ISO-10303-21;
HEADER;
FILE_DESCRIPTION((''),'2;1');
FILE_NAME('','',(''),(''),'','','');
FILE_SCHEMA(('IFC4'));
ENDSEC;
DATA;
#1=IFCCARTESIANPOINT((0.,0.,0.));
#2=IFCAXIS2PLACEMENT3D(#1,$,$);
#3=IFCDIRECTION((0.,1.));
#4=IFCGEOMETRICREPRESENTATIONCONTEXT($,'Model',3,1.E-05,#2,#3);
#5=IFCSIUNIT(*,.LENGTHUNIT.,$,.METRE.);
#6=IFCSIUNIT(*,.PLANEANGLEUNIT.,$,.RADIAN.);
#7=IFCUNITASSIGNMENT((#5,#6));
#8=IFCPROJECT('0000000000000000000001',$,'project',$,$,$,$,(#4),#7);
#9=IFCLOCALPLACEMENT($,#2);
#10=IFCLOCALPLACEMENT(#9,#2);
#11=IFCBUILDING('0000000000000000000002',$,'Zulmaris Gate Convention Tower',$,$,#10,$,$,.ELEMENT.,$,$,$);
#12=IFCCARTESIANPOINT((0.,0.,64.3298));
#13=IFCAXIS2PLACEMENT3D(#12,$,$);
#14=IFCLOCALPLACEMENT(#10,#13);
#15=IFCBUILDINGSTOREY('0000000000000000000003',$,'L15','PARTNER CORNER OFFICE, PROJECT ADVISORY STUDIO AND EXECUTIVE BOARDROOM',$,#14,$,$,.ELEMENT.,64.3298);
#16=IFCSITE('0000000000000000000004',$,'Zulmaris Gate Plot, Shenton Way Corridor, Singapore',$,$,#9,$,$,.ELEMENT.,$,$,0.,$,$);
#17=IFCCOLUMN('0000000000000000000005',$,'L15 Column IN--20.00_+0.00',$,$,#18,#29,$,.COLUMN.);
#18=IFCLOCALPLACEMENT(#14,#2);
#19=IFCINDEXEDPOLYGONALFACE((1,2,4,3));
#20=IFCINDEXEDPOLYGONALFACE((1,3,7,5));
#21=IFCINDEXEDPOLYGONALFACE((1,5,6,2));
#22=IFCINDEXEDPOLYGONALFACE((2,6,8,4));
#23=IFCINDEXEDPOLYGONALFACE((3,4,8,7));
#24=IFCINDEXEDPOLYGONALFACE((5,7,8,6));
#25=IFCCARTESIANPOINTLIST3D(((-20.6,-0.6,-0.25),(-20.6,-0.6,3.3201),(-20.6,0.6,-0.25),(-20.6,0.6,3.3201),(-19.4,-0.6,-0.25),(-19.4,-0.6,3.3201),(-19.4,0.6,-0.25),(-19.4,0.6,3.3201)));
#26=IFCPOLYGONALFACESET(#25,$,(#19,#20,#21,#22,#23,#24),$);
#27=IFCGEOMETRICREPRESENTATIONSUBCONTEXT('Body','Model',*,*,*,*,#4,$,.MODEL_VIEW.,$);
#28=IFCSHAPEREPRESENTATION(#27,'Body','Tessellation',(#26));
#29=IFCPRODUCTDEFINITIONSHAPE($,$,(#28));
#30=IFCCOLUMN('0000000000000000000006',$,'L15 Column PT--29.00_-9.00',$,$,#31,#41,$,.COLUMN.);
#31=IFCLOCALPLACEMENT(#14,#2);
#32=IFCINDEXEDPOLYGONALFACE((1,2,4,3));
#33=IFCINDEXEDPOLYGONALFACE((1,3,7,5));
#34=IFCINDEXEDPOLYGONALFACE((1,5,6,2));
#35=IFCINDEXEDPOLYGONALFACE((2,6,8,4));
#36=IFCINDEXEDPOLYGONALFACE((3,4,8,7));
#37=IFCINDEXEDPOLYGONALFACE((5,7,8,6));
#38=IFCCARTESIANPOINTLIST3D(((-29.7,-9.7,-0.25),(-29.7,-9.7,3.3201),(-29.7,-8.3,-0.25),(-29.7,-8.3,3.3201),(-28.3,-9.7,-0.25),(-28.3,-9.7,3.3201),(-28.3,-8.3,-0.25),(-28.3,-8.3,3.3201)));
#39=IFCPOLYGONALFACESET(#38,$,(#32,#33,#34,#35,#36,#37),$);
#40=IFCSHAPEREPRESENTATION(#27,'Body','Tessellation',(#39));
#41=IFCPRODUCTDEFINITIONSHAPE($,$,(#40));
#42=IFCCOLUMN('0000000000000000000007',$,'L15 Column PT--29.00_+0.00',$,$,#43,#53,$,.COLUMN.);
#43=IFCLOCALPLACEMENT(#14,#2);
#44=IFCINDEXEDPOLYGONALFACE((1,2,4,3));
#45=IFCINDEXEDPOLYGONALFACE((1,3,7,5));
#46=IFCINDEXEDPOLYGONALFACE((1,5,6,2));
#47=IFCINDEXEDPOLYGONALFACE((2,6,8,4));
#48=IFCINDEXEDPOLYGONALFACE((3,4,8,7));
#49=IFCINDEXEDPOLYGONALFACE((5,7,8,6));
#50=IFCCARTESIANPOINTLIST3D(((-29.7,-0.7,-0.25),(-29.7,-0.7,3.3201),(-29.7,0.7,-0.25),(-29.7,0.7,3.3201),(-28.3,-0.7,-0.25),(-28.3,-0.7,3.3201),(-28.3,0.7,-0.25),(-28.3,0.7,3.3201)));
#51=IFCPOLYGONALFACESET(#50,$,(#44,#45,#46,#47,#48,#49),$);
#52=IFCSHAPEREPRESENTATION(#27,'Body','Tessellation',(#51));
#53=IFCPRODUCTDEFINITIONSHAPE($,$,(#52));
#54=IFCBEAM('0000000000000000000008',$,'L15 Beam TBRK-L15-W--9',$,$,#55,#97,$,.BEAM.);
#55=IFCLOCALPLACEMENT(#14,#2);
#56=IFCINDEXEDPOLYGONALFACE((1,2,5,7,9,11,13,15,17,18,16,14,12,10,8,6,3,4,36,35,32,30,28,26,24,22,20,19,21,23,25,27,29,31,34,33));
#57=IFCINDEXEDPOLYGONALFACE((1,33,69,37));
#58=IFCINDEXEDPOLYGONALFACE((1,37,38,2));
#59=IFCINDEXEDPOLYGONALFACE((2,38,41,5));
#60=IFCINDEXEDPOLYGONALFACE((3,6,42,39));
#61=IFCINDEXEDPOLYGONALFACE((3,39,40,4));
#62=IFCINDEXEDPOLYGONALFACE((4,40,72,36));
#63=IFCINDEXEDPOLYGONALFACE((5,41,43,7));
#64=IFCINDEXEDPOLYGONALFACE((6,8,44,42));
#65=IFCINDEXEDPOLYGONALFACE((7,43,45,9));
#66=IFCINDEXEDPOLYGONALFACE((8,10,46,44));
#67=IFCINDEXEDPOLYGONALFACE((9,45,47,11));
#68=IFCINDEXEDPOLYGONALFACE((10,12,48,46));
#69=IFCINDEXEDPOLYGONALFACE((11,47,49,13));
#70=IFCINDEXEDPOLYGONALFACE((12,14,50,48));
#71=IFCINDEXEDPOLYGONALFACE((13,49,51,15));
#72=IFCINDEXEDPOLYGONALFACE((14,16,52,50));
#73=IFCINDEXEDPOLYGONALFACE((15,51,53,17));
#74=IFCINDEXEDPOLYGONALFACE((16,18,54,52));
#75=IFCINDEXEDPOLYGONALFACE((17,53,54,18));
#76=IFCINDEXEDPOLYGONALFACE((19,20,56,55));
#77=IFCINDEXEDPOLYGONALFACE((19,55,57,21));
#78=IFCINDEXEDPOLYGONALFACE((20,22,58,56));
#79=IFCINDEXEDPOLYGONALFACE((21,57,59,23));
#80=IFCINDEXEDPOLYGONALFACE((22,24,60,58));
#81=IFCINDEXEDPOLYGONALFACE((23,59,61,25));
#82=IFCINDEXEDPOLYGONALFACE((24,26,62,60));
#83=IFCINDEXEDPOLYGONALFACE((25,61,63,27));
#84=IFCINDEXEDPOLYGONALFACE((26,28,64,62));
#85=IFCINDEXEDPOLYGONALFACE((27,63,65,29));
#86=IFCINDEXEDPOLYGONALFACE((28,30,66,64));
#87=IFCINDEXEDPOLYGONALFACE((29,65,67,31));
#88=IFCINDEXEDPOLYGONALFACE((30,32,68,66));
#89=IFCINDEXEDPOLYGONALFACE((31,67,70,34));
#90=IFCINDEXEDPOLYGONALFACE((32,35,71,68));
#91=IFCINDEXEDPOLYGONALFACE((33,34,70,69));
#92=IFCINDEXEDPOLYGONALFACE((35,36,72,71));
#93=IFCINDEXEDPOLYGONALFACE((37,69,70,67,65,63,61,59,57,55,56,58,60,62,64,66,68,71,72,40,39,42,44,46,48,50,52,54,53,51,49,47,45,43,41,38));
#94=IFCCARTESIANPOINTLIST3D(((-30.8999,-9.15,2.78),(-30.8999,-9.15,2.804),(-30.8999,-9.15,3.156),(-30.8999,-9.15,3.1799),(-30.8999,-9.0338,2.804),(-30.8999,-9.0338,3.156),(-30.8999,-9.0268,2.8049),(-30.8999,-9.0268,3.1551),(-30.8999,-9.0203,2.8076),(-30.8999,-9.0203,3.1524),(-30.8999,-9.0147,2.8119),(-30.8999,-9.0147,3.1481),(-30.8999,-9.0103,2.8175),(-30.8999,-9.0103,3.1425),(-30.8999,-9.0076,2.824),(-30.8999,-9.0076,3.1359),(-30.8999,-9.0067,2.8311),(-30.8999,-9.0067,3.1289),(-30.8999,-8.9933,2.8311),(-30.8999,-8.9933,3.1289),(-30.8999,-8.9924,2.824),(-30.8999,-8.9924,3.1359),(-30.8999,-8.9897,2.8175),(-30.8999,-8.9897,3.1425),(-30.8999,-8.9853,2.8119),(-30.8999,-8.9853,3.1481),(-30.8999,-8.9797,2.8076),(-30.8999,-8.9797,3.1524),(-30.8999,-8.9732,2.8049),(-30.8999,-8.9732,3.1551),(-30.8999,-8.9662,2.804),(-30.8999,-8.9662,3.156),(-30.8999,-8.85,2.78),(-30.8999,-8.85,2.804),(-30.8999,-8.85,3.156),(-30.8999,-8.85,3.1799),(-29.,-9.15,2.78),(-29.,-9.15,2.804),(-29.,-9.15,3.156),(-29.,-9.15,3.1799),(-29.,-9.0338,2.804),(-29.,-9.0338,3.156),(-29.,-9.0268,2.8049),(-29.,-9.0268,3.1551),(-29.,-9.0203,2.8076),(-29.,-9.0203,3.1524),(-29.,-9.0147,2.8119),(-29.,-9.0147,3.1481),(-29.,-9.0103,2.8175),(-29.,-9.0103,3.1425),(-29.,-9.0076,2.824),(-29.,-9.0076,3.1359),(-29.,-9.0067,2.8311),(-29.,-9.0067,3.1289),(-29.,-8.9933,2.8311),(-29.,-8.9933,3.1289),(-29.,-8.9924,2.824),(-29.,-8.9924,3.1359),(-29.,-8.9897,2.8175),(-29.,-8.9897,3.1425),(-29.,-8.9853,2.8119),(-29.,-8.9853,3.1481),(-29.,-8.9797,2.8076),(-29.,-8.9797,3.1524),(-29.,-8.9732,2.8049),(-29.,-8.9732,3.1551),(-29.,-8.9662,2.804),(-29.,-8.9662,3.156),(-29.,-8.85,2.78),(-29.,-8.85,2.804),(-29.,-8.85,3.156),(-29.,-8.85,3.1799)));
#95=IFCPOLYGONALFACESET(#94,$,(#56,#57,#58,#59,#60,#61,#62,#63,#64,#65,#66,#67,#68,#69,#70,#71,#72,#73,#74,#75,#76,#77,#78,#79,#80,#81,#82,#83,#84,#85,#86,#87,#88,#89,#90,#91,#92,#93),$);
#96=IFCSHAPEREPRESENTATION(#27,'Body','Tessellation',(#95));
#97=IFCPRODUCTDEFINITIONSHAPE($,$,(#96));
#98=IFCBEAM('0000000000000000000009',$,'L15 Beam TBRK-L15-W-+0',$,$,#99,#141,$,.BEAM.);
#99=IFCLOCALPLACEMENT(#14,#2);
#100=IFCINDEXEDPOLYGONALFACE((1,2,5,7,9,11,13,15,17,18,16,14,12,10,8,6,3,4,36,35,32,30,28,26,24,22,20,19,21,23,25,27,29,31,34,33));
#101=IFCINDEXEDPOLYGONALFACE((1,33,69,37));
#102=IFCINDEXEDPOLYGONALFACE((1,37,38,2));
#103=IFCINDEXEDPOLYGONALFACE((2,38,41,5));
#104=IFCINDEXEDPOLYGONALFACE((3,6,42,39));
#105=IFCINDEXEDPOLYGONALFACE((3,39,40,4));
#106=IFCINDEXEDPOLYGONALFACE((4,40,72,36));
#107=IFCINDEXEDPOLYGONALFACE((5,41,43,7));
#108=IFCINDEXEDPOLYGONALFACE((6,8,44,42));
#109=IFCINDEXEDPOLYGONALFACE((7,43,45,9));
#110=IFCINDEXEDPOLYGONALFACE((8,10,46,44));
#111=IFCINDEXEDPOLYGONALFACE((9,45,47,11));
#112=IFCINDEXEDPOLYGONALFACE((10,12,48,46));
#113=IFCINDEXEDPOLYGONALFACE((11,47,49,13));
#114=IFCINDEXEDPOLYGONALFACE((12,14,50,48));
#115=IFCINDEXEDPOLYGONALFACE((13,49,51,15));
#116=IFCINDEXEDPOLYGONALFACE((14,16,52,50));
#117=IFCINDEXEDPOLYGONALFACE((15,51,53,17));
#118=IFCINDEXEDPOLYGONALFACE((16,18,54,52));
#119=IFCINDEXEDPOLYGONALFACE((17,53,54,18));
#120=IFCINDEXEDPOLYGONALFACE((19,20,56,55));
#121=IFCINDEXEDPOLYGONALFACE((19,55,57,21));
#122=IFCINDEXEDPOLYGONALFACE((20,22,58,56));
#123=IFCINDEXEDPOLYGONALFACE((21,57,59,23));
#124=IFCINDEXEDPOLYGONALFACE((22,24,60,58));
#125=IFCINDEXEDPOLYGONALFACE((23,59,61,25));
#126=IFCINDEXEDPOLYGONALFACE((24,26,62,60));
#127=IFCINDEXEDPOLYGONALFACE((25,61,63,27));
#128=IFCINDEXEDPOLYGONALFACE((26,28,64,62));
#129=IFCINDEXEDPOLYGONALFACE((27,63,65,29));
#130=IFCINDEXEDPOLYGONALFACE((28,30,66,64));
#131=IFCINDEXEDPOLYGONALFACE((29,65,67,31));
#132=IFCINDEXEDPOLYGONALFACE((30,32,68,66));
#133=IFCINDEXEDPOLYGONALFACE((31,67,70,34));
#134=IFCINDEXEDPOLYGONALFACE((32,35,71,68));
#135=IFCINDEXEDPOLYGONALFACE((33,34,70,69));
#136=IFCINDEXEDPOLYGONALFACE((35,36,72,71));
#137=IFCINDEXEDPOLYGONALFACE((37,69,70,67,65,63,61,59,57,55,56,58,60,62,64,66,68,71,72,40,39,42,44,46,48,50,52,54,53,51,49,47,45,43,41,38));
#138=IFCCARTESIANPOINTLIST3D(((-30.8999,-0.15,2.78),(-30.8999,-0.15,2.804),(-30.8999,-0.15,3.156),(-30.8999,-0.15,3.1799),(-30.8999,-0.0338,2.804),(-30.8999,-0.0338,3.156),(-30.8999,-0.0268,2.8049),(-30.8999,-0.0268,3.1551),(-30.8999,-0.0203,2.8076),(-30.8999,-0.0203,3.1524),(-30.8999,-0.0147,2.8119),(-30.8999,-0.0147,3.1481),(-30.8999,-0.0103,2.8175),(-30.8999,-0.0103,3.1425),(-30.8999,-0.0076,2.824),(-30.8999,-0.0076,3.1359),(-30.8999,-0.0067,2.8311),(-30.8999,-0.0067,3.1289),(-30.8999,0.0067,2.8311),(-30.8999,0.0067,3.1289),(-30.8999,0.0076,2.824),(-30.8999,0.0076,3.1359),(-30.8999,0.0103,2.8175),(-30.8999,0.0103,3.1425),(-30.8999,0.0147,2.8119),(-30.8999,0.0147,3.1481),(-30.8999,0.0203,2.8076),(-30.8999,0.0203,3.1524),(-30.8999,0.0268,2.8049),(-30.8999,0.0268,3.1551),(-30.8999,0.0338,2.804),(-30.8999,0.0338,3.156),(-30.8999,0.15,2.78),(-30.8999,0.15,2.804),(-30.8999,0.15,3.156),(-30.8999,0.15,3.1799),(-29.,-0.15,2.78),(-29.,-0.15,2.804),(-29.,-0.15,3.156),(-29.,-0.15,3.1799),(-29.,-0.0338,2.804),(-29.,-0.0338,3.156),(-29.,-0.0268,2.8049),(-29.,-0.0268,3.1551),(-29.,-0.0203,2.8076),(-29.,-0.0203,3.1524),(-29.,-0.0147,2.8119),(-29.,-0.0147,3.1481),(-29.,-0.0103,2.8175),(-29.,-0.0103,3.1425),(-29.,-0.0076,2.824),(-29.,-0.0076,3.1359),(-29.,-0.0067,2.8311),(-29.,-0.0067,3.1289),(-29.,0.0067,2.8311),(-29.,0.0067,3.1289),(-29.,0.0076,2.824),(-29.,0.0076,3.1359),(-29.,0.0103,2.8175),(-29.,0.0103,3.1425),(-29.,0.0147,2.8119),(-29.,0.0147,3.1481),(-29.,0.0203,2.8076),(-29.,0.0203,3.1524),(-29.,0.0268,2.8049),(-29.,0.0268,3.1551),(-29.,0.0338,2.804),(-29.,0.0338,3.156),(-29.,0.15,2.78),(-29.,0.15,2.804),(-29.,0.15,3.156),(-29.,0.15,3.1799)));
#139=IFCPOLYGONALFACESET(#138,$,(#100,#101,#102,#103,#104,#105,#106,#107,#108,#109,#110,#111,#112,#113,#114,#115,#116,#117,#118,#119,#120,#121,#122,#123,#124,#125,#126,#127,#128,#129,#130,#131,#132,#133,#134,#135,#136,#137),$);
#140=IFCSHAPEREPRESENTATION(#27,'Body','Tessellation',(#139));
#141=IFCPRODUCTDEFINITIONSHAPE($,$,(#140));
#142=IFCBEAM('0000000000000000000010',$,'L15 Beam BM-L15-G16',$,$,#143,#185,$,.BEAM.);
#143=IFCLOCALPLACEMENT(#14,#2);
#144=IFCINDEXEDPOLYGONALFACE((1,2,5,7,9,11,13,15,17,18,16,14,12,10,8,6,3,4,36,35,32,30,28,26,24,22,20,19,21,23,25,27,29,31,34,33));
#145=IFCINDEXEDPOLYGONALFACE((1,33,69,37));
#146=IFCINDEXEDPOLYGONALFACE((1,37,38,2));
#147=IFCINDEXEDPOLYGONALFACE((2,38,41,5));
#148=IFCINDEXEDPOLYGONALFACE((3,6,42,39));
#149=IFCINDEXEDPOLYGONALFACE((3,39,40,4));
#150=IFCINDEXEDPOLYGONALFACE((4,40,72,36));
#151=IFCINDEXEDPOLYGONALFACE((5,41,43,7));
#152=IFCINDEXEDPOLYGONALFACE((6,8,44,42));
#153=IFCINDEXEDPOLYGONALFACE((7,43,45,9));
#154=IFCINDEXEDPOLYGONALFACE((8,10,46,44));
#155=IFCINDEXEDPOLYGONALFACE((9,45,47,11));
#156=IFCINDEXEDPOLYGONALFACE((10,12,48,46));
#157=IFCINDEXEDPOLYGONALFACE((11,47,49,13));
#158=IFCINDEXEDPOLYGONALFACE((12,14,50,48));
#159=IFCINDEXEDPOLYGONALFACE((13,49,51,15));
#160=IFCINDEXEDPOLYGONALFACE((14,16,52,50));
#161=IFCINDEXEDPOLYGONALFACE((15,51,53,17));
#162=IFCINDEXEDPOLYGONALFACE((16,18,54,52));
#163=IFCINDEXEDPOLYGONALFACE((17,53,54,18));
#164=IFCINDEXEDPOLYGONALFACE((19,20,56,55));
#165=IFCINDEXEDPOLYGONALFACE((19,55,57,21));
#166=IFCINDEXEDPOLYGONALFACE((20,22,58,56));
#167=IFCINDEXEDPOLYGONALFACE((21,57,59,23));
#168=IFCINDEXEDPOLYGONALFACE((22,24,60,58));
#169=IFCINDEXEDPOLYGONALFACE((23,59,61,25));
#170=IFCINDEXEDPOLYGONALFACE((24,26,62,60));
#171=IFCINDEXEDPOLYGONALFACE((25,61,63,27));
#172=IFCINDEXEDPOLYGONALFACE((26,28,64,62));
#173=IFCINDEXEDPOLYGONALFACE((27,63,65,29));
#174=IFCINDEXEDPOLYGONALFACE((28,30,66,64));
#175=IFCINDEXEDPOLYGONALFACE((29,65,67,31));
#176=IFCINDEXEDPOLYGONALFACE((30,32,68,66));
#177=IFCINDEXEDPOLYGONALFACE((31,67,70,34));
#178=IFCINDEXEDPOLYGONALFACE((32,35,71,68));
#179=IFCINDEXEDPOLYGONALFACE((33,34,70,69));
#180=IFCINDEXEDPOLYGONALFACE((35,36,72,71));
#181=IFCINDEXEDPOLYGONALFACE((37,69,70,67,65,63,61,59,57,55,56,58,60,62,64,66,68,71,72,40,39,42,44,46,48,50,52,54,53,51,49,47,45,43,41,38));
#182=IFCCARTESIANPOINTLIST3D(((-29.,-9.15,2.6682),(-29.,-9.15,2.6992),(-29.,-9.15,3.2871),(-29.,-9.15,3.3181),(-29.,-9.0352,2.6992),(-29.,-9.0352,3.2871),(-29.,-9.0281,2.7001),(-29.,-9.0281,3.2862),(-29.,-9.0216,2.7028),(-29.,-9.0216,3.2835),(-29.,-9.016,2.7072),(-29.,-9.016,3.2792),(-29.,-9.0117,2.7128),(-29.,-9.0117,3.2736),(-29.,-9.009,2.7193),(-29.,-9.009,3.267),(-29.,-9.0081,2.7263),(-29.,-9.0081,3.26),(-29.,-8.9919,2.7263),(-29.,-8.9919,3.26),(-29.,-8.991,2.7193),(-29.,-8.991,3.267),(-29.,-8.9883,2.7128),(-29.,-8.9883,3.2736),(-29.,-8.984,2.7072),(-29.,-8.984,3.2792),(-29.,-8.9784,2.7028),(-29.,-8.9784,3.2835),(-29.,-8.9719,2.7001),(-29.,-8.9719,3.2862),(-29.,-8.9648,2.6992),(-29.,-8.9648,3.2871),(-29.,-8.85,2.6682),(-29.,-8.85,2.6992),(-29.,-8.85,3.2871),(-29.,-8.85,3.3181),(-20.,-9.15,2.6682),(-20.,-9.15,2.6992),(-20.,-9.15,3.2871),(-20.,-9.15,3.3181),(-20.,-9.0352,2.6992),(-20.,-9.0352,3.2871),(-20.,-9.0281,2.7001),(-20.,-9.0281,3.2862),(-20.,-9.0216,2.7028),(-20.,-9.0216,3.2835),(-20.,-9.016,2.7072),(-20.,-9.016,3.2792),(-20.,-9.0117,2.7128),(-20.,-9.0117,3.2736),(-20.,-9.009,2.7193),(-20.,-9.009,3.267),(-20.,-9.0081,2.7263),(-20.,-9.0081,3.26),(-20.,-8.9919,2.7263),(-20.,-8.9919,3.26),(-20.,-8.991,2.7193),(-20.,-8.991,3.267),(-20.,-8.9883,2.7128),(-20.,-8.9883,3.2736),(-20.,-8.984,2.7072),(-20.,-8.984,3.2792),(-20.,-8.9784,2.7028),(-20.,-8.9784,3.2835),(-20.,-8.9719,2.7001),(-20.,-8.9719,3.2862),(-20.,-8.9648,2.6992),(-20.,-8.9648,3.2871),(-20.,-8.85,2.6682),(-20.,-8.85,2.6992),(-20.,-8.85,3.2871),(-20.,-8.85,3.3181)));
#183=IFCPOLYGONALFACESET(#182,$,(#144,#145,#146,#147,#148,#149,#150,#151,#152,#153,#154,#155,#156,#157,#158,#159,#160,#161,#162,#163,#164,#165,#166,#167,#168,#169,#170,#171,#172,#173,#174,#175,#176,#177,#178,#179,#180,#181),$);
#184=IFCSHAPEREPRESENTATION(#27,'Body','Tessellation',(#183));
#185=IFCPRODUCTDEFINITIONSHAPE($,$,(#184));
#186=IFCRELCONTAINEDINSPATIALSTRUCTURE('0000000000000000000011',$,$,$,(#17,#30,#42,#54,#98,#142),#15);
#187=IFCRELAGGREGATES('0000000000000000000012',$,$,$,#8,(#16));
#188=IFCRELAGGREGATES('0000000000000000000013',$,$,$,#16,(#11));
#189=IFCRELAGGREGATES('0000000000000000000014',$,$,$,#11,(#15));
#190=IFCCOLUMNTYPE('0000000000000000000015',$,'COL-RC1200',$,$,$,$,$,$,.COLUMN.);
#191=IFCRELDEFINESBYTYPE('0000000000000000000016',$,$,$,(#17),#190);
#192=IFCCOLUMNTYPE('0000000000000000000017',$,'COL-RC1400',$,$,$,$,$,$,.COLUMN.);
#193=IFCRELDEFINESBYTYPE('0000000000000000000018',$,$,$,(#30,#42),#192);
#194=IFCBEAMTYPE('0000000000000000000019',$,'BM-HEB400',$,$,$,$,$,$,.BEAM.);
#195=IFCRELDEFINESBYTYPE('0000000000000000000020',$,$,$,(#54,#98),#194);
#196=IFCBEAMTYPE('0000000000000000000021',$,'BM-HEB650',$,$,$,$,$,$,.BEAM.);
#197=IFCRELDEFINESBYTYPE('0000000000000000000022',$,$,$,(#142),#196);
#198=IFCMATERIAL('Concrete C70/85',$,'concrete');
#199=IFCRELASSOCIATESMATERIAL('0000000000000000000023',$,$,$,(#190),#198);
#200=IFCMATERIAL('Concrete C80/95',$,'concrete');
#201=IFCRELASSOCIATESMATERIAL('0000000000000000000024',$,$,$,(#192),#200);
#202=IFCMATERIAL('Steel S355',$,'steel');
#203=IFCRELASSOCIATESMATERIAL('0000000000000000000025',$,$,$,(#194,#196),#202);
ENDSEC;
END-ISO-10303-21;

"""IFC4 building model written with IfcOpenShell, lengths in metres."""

from ifc_helpers import new_model, si_unit, direction, frame, origin, origin_2d, place, context, subcontext, project, spatial, rectangle, i_section, extrude, material, material_profile, profile_set, type_object, element, save


model = new_model("IFC4")

# Units and contexts
model_context = context("Model", 3, precision=1e-05, world=origin(), true_north=direction((0.0, 1.0)))
body_context = subcontext(model_context, "Body", "Model", "MODEL_VIEW")
ifc_project = project(units=[si_unit("LENGTHUNIT", "METRE"), si_unit("PLANEANGLEUNIT", "RADIAN")], contexts=[model_context])

# Site, building, storey
site_placement = place(None, origin())
site = spatial("IfcSite", under=ifc_project, at=site_placement, Name="Zulmaris Gate Plot, Shenton Way Corridor, Singapore", CompositionType="ELEMENT", RefElevation=0.0)
building_placement = place(site_placement, origin())
building = spatial("IfcBuilding", under=site, at=building_placement, Name="Zulmaris Gate Convention Tower", CompositionType="ELEMENT")
storey_placement = place(building_placement, frame((0.0, 0.0, 64.3298)))
storey = spatial("IfcBuildingStorey", under=building, at=storey_placement, Name="L15", Description="PARTNER CORNER OFFICE, PROJECT ADVISORY STUDIO AND EXECUTIVE BOARDROOM", CompositionType="ELEMENT", Elevation=64.3298)

# Columns
ifc_material_1 = material(Name="Concrete C70/85", Category="concrete")
ifc_material_profile_1 = material_profile(ifc_material_1, rectangle(XDim=1.2, YDim=1.2, at=origin_2d()), Name="RC COL 1200x1200")
ifc_profile_set_1 = profile_set([ifc_material_profile_1], Name="Concrete C70/85")
column_type_1 = type_object("IfcColumnType", Name="COL-RC1200", PredefinedType="COLUMN", material=ifc_profile_set_1)
column_placement = place(storey_placement, frame((-20.0, 0.0, -0.25), z_axis=(0.0, 0.0, 1.0), x_axis=(1.0, 0.0, 0.0)))
element("IfcColumn", 1, at=column_placement, inside=storey, type_object=column_type_1, Name="L15 Column IN--20.00_+0.00", PredefinedType="COLUMN", context=body_context, shape_type="SweptSolid", body=[
    extrude(rectangle(XDim=1.2, YDim=1.2, at=origin_2d()), origin(), (0.0, 0.0, 1.0), 3.5701),
])
ifc_material_2 = material(Name="Concrete C80/95", Category="concrete")
ifc_material_profile_2 = material_profile(ifc_material_2, rectangle(XDim=1.3999, YDim=1.3999, at=origin_2d()), Name="RC COL 1400x1400")
ifc_profile_set_2 = profile_set([ifc_material_profile_2], Name="Concrete C80/95")
column_type_2 = type_object("IfcColumnType", Name="COL-RC1400", PredefinedType="COLUMN", material=ifc_profile_set_2)
for number, where, z_axis, x_axis, name in (
    (2, (-29.0, -9.0, -0.25), (0.0, 0.0, 1.0), (1.0, 0.0, 0.0), "L15 Column PT--29.00_-9.00"),
    (3, (-29.0, 0.0, -0.25), (0.0, 0.0, 1.0), (1.0, 0.0, 0.0), "L15 Column PT--29.00_+0.00"),
):
    element("IfcColumn", number, at=place(storey_placement, frame(where, z_axis=z_axis, x_axis=x_axis)), inside=storey, type_object=column_type_2, Name=name, PredefinedType="COLUMN", context=body_context, shape_type="SweptSolid", body=[
        extrude(rectangle(XDim=1.3999, YDim=1.3999, at=origin_2d()), origin(), (0.0, 0.0, 1.0), 3.5701),
    ])

# Beams
ifc_material_3 = material(Name="Steel S355", Category="steel")
ifc_material_profile_3 = material_profile(ifc_material_3, i_section(OverallWidth=0.3, OverallDepth=0.3999, WebThickness=0.0134, FlangeThickness=0.0239, FilletRadius=0.0271, at=origin_2d()), Name="HEB 400")
ifc_profile_set_3 = profile_set([ifc_material_profile_3], Name="Steel S355")
beam_type_1 = type_object("IfcBeamType", Name="BM-HEB400", PredefinedType="BEAM", material=ifc_profile_set_3)
for number, where, z_axis, x_axis, name in (
    (4, (-30.8999, -9.0, 2.98), (1.0, 0.0, 0.0), (0.0, 1.0, 0.0), "L15 Beam TBRK-L15-W--9"),
    (5, (-30.8999, 0.0, 2.98), (1.0, 0.0, 0.0), (0.0, 1.0, 0.0), "L15 Beam TBRK-L15-W-+0"),
):
    element("IfcBeam", number, at=place(storey_placement, frame(where, z_axis=z_axis, x_axis=x_axis)), inside=storey, type_object=beam_type_1, Name=name, PredefinedType="BEAM", context=body_context, shape_type="SweptSolid", body=[
        extrude(i_section(OverallWidth=0.3, OverallDepth=0.3999, WebThickness=0.0134, FlangeThickness=0.0239, FilletRadius=0.0271, at=origin_2d()), origin(), (0.0, 0.0, 1.0), 1.8999),
    ])
ifc_material_profile_4 = material_profile(ifc_material_3, i_section(OverallWidth=0.3, OverallDepth=0.6499, WebThickness=0.0161, FlangeThickness=0.031, FilletRadius=0.0271, at=origin_2d()), Name="HEB 650")
ifc_profile_set_4 = profile_set([ifc_material_profile_4], Name="Steel S355")
beam_type_2 = type_object("IfcBeamType", Name="BM-HEB650", PredefinedType="BEAM", material=ifc_profile_set_4)
for number, where, z_axis, x_axis, name in (
    (6, (-29.0, -9.0, 2.9932), (1.0, 0.0, 0.0), (0.0, 1.0, 0.0), "L15 Beam BM-L15-G16"),
):
    element("IfcBeam", number, at=place(storey_placement, frame(where, z_axis=z_axis, x_axis=x_axis)), inside=storey, type_object=beam_type_2, Name=name, PredefinedType="BEAM", context=body_context, shape_type="SweptSolid", body=[
        extrude(i_section(OverallWidth=0.3, OverallDepth=0.6499, WebThickness=0.0161, FlangeThickness=0.031, FilletRadius=0.0271, at=origin_2d()), origin(), (0.0, 0.0, 1.0), 9.0),
    ])

save(model, "model.ifc")
